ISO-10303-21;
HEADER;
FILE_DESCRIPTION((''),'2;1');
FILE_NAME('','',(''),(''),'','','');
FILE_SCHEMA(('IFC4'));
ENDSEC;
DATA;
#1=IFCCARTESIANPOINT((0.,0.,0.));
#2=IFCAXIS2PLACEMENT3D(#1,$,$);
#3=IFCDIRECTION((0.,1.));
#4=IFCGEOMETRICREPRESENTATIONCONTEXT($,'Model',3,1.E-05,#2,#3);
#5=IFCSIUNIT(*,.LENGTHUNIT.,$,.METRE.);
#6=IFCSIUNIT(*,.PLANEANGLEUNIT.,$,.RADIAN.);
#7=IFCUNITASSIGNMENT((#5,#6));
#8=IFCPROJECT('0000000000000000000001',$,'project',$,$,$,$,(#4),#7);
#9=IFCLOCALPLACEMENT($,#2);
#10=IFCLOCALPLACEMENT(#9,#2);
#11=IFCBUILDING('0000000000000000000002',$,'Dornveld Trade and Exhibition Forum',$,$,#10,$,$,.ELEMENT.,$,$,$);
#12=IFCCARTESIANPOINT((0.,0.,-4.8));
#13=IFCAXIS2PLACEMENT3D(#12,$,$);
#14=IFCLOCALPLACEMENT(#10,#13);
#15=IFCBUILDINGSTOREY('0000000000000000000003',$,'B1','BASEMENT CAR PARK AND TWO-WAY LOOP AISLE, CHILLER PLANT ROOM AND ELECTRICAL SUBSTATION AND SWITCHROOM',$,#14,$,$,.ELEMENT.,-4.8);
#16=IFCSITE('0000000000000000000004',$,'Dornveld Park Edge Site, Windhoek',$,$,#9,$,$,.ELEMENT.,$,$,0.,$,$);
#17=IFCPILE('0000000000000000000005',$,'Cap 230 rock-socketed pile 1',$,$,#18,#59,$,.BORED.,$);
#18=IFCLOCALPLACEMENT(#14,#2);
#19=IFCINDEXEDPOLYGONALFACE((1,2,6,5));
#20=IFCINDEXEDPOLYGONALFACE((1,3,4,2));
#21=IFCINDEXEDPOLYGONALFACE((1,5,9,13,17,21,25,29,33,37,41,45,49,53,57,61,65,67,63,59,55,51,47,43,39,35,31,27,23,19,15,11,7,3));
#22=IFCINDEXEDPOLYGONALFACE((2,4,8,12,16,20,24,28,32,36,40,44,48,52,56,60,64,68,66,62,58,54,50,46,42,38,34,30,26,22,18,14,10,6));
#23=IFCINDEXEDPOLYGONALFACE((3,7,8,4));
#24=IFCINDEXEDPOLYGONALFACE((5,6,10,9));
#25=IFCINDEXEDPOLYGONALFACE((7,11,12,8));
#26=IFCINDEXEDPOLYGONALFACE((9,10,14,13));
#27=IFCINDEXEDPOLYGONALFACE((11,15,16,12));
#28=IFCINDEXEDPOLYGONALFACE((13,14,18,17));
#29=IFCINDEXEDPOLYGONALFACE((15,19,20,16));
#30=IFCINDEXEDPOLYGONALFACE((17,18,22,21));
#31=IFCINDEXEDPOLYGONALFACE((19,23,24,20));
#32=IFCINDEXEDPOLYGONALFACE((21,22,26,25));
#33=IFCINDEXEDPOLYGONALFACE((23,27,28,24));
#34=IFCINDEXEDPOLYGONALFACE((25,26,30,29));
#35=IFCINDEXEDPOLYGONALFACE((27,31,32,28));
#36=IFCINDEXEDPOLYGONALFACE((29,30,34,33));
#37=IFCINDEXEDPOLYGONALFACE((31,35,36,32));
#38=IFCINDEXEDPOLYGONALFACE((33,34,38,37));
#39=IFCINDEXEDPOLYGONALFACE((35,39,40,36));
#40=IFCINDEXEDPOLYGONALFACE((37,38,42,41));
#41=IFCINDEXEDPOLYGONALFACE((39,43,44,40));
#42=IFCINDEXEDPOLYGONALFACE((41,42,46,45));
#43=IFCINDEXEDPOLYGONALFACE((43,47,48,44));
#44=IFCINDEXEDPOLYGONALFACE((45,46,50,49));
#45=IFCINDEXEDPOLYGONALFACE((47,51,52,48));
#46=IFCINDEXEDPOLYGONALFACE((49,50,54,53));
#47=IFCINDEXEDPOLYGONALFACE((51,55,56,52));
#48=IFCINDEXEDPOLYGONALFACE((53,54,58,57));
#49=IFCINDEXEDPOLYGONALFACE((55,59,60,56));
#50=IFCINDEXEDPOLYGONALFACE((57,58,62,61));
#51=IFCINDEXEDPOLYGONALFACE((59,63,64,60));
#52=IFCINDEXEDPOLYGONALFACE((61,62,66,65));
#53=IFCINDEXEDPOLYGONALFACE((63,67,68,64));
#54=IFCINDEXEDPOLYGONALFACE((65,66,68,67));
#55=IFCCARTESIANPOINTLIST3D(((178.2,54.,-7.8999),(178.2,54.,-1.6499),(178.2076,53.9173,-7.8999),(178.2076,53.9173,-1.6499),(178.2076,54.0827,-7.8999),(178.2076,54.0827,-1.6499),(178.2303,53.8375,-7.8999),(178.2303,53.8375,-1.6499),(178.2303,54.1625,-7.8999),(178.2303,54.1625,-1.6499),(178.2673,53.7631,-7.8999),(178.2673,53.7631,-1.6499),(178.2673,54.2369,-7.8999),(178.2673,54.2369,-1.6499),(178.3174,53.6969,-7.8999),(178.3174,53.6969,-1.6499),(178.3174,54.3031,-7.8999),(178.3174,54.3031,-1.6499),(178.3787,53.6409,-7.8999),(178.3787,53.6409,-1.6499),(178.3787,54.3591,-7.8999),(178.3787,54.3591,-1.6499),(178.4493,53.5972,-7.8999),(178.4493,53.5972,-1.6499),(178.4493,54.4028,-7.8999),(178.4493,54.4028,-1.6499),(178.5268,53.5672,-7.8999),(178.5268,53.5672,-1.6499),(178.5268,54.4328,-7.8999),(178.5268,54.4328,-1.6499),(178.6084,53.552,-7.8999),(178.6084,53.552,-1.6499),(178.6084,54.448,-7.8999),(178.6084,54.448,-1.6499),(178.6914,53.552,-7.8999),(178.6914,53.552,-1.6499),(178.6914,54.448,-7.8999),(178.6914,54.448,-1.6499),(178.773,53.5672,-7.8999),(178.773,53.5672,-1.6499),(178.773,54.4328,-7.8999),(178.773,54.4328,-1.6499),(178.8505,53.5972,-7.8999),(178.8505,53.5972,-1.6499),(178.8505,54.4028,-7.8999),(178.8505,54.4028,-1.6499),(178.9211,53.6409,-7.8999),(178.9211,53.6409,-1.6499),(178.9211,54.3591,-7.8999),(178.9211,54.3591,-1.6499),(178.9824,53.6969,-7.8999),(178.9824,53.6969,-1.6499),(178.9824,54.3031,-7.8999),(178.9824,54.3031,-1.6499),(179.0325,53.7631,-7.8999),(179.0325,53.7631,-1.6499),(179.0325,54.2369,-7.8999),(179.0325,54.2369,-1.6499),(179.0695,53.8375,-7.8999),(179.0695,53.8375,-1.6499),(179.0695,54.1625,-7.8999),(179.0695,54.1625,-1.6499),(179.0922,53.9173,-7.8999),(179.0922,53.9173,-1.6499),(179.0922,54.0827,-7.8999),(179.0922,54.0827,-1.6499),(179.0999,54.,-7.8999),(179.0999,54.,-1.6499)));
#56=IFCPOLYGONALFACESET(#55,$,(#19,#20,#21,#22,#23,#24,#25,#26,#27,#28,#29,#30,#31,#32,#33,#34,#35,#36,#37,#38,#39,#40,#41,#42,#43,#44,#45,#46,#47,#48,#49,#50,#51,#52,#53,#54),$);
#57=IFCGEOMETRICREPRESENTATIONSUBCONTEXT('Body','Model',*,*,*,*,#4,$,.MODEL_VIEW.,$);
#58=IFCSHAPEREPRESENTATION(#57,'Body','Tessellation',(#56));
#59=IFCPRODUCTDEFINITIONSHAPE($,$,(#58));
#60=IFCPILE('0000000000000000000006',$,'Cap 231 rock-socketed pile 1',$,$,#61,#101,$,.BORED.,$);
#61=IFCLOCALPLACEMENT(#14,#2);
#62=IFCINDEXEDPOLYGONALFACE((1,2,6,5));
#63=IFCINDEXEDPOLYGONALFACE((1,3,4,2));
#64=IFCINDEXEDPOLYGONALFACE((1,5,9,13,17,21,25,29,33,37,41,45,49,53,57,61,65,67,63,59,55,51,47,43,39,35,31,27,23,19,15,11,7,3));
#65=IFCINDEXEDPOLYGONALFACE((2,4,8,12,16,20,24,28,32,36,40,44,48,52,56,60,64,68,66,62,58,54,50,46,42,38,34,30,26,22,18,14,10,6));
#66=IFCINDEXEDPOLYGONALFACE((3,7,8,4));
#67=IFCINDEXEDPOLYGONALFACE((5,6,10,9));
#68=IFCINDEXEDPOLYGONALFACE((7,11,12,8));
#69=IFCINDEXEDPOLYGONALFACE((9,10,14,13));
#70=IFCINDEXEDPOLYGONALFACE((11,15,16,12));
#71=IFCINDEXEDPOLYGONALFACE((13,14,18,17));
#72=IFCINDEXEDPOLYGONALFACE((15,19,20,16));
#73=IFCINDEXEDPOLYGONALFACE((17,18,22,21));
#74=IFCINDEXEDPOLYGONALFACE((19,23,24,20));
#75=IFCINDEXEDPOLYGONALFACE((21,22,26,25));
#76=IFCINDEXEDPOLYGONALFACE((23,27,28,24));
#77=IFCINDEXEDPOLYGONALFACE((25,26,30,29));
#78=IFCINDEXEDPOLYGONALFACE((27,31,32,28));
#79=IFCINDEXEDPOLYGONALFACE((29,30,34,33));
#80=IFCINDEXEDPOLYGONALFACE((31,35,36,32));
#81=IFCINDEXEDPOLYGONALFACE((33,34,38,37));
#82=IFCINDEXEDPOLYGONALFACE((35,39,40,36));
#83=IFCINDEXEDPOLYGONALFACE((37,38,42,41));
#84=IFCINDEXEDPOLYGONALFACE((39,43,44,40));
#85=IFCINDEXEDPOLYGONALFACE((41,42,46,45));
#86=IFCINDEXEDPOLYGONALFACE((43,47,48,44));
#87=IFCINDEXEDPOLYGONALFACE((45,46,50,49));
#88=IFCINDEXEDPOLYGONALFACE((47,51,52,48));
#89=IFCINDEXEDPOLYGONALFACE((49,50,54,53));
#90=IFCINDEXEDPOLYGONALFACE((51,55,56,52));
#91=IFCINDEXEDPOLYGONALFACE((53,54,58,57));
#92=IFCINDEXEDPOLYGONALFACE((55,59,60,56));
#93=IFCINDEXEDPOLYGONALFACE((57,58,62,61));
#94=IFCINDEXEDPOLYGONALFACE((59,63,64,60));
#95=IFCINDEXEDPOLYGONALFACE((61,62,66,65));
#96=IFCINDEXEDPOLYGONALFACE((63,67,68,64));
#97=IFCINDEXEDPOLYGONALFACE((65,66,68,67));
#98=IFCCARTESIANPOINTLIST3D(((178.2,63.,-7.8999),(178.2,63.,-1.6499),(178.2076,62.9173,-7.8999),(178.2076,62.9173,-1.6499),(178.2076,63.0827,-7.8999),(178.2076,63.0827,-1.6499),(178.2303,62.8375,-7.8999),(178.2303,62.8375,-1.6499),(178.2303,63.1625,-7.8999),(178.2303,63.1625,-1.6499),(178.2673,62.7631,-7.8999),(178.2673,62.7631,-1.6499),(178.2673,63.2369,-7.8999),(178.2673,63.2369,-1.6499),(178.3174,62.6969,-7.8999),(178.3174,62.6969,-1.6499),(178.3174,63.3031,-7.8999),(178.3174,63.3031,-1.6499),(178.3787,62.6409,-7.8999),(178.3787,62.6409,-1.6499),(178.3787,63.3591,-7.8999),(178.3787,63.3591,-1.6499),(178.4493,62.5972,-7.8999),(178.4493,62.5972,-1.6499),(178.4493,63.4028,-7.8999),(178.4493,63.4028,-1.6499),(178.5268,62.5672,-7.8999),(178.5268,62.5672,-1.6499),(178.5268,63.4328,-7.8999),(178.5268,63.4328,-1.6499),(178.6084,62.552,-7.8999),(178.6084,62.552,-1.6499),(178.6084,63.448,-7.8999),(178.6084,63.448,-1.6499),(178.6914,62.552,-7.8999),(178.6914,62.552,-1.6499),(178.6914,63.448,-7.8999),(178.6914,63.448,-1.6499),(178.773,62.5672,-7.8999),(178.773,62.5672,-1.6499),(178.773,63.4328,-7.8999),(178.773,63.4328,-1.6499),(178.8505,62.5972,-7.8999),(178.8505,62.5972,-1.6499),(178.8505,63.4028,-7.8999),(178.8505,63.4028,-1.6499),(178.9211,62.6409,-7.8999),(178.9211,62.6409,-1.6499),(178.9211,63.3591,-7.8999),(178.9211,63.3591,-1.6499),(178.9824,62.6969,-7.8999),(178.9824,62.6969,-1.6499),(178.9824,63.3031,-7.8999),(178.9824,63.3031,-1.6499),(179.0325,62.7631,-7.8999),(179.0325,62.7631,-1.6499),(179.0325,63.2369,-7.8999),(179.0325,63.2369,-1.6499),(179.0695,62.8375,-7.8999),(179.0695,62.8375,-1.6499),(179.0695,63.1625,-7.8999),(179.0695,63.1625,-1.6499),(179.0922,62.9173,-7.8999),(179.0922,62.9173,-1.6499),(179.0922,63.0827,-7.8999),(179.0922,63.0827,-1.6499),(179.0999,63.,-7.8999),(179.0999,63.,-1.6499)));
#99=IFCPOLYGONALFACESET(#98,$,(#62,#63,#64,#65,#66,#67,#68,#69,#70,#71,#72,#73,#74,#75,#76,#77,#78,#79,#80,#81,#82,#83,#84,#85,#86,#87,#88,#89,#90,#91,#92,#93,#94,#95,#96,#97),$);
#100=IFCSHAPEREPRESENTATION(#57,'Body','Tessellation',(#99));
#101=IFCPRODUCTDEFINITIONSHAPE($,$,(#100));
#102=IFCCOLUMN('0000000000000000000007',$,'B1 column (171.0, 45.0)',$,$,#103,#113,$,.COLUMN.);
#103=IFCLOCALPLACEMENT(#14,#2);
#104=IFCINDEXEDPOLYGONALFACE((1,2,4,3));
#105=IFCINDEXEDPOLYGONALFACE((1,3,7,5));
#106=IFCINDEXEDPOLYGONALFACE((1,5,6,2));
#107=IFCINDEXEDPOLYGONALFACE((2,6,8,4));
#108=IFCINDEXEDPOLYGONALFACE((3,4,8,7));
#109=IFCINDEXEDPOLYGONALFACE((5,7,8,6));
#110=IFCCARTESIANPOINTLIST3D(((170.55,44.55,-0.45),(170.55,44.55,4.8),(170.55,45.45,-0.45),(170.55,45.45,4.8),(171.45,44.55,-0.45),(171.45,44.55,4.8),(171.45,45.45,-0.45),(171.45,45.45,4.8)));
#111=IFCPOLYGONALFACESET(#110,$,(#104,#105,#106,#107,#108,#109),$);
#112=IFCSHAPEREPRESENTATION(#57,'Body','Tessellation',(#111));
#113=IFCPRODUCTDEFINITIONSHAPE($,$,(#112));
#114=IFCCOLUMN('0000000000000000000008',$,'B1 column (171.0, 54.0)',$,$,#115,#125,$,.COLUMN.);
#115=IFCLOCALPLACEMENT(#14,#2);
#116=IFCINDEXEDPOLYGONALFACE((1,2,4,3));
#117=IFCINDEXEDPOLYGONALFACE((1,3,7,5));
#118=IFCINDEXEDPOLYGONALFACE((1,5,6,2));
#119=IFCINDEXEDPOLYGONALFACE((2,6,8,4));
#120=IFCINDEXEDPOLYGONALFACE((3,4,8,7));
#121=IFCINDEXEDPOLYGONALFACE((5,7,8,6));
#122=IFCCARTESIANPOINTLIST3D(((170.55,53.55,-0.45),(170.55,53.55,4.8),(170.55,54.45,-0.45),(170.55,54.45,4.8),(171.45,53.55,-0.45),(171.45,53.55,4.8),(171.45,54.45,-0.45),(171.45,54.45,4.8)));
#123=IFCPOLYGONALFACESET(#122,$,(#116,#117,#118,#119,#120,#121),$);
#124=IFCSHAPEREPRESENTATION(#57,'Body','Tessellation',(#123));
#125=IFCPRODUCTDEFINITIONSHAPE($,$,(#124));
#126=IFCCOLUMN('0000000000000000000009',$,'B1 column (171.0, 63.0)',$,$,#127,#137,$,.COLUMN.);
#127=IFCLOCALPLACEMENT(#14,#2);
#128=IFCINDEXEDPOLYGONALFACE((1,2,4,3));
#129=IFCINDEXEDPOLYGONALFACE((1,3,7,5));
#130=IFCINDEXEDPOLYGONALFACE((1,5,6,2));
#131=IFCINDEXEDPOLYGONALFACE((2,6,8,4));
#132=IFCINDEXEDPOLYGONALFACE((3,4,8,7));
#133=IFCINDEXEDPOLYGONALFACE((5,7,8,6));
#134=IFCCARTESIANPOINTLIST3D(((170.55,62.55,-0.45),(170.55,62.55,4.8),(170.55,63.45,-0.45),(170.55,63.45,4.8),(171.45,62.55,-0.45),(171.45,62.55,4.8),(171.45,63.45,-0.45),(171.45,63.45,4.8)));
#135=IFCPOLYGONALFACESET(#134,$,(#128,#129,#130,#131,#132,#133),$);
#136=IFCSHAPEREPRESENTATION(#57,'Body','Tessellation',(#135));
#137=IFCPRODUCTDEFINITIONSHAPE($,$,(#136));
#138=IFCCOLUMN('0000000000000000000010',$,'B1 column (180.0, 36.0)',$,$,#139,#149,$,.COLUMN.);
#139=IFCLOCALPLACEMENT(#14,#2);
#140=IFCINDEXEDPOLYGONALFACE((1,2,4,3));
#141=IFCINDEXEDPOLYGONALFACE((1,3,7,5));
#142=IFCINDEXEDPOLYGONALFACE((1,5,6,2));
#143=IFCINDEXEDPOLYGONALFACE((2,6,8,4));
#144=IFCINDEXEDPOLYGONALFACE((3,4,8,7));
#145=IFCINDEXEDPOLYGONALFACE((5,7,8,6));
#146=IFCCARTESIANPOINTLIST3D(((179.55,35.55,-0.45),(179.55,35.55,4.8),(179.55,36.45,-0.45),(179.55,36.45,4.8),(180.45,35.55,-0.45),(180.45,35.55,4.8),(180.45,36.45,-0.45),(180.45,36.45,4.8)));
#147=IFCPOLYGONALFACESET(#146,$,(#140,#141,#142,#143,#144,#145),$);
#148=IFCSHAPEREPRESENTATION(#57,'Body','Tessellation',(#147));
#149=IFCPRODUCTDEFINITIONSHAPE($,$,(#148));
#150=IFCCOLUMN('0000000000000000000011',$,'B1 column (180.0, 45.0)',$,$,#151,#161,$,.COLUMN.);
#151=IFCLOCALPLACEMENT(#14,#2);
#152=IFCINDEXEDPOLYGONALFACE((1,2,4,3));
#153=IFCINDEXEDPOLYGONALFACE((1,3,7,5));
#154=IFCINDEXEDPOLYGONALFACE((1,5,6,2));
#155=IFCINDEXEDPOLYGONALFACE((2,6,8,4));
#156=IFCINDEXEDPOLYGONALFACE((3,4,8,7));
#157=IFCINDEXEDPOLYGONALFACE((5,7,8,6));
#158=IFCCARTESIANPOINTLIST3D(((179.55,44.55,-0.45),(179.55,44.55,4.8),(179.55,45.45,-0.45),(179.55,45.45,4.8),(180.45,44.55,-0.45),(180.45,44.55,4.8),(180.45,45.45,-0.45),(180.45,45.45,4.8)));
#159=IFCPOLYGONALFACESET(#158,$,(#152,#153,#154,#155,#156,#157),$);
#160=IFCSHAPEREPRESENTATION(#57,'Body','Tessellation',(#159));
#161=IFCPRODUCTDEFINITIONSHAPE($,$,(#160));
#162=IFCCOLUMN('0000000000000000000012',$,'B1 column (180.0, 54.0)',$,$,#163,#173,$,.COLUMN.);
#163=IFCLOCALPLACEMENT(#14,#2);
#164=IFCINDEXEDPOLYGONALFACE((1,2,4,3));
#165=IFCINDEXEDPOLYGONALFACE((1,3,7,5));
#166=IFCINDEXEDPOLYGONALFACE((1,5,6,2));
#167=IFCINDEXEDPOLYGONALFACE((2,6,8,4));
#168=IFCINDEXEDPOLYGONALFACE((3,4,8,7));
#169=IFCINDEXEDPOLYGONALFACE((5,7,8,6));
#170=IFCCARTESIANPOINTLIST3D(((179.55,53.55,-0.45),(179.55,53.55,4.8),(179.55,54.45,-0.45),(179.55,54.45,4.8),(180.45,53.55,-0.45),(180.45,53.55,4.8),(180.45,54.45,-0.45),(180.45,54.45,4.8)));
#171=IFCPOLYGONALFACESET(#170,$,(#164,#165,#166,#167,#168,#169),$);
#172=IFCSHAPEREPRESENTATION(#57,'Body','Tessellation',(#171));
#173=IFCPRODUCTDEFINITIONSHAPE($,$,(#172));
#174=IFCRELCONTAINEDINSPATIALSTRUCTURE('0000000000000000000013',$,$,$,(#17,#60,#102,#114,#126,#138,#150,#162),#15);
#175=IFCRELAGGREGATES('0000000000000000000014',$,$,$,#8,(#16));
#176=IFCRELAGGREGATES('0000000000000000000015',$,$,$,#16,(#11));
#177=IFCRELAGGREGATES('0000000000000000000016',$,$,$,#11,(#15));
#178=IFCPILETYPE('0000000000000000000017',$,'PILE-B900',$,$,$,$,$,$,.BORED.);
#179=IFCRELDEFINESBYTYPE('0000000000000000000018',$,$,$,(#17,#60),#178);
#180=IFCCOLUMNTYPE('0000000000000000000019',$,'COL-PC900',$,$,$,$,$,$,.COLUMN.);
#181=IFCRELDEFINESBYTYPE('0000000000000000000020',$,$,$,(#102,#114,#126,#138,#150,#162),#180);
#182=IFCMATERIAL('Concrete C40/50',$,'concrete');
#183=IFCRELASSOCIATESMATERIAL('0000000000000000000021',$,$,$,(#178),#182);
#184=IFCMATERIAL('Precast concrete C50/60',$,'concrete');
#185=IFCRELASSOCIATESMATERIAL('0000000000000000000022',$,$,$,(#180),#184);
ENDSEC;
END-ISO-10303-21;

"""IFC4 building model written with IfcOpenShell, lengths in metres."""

from ifc_helpers import new_model, si_unit, direction, frame, origin, origin_2d, place, context, subcontext, project, spatial, rectangle, circle, extrude, material, material_profile, profile_set, type_object, element, save


model = new_model("IFC4")

# Units and contexts
model_context = context("Model", 3, precision=1e-05, world=origin(), true_north=direction((0.0, 1.0)))
body_context = subcontext(model_context, "Body", "Model", "MODEL_VIEW")
ifc_project = project(units=[si_unit("LENGTHUNIT", "METRE"), si_unit("PLANEANGLEUNIT", "RADIAN")], contexts=[model_context])

# Site, building, storey
site_placement = place(None, origin())
site = spatial("IfcSite", under=ifc_project, at=site_placement, Name="Dornveld Park Edge Site, Windhoek", CompositionType="ELEMENT", RefElevation=0.0)
building_placement = place(site_placement, origin())
building = spatial("IfcBuilding", under=site, at=building_placement, Name="Dornveld Trade and Exhibition Forum", CompositionType="ELEMENT")
storey_placement = place(building_placement, frame((0.0, 0.0, -4.8)))
storey = spatial("IfcBuildingStorey", under=building, at=storey_placement, Name="B1", Description="BASEMENT CAR PARK AND TWO-WAY LOOP AISLE, CHILLER PLANT ROOM AND ELECTRICAL SUBSTATION AND SWITCHROOM", CompositionType="ELEMENT", Elevation=-4.8)

# Piles
ifc_material_1 = material(Name="Concrete C40/50", Category="concrete")
ifc_material_profile_1 = material_profile(ifc_material_1, circle(Radius=0.45, at=origin_2d()), Name="PILE D900")
ifc_profile_set_1 = profile_set([ifc_material_profile_1], Name="Concrete C40/50")
pile_type = type_object("IfcPileType", Name="PILE-B900", PredefinedType="BORED", material=ifc_profile_set_1)
for number, where, z_axis, x_axis, name in (
    (1, (178.6499, 54.0, -1.6499), (0.0, 0.0, -1.0), (1.0, 0.0, 0.0), "Cap 230 rock-socketed pile 1"),
    (2, (178.6499, 63.0, -1.6499), (0.0, 0.0, -1.0), (1.0, 0.0, 0.0), "Cap 231 rock-socketed pile 1"),
):
    element("IfcPile", number, at=place(storey_placement, frame(where, z_axis=z_axis, x_axis=x_axis)), inside=storey, type_object=pile_type, Name=name, PredefinedType="BORED", context=body_context, shape_type="SweptSolid", body=[
        extrude(circle(Radius=0.45, at=origin_2d()), origin(), (0.0, 0.0, 1.0), 6.25),
    ])

# Columns
ifc_material_2 = material(Name="Precast concrete C50/60", Category="concrete")
ifc_material_profile_2 = material_profile(ifc_material_2, rectangle(XDim=0.8999, YDim=0.8999, at=origin_2d()), Name="PC-COL 900x900")
ifc_profile_set_2 = profile_set([ifc_material_profile_2], Name="Precast concrete C50/60")
column_type = type_object("IfcColumnType", Name="COL-PC900", PredefinedType="COLUMN", material=ifc_profile_set_2)
for number, where, z_axis, x_axis, name in (
    (3, (171.0, 45.0, -0.45), (0.0, 0.0, 1.0), (1.0, 0.0, 0.0), "B1 column (171.0, 45.0)"),
    (4, (171.0, 54.0, -0.45), (0.0, 0.0, 1.0), (1.0, 0.0, 0.0), "B1 column (171.0, 54.0)"),
    (5, (171.0, 63.0, -0.45), (0.0, 0.0, 1.0), (1.0, 0.0, 0.0), "B1 column (171.0, 63.0)"),
    (6, (180.0, 36.0, -0.45), (0.0, 0.0, 1.0), (1.0, 0.0, 0.0), "B1 column (180.0, 36.0)"),
    (7, (180.0, 45.0, -0.45), (0.0, 0.0, 1.0), (1.0, 0.0, 0.0), "B1 column (180.0, 45.0)"),
    (8, (180.0, 54.0, -0.45), (0.0, 0.0, 1.0), (1.0, 0.0, 0.0), "B1 column (180.0, 54.0)"),
):
    element("IfcColumn", number, at=place(storey_placement, frame(where, z_axis=z_axis, x_axis=x_axis)), inside=storey, type_object=column_type, Name=name, PredefinedType="COLUMN", context=body_context, shape_type="SweptSolid", body=[
        extrude(rectangle(XDim=0.8999, YDim=0.8999, at=origin_2d()), origin(), (0.0, 0.0, 1.0), 5.25),
    ])

save(model, "model.ifc")
